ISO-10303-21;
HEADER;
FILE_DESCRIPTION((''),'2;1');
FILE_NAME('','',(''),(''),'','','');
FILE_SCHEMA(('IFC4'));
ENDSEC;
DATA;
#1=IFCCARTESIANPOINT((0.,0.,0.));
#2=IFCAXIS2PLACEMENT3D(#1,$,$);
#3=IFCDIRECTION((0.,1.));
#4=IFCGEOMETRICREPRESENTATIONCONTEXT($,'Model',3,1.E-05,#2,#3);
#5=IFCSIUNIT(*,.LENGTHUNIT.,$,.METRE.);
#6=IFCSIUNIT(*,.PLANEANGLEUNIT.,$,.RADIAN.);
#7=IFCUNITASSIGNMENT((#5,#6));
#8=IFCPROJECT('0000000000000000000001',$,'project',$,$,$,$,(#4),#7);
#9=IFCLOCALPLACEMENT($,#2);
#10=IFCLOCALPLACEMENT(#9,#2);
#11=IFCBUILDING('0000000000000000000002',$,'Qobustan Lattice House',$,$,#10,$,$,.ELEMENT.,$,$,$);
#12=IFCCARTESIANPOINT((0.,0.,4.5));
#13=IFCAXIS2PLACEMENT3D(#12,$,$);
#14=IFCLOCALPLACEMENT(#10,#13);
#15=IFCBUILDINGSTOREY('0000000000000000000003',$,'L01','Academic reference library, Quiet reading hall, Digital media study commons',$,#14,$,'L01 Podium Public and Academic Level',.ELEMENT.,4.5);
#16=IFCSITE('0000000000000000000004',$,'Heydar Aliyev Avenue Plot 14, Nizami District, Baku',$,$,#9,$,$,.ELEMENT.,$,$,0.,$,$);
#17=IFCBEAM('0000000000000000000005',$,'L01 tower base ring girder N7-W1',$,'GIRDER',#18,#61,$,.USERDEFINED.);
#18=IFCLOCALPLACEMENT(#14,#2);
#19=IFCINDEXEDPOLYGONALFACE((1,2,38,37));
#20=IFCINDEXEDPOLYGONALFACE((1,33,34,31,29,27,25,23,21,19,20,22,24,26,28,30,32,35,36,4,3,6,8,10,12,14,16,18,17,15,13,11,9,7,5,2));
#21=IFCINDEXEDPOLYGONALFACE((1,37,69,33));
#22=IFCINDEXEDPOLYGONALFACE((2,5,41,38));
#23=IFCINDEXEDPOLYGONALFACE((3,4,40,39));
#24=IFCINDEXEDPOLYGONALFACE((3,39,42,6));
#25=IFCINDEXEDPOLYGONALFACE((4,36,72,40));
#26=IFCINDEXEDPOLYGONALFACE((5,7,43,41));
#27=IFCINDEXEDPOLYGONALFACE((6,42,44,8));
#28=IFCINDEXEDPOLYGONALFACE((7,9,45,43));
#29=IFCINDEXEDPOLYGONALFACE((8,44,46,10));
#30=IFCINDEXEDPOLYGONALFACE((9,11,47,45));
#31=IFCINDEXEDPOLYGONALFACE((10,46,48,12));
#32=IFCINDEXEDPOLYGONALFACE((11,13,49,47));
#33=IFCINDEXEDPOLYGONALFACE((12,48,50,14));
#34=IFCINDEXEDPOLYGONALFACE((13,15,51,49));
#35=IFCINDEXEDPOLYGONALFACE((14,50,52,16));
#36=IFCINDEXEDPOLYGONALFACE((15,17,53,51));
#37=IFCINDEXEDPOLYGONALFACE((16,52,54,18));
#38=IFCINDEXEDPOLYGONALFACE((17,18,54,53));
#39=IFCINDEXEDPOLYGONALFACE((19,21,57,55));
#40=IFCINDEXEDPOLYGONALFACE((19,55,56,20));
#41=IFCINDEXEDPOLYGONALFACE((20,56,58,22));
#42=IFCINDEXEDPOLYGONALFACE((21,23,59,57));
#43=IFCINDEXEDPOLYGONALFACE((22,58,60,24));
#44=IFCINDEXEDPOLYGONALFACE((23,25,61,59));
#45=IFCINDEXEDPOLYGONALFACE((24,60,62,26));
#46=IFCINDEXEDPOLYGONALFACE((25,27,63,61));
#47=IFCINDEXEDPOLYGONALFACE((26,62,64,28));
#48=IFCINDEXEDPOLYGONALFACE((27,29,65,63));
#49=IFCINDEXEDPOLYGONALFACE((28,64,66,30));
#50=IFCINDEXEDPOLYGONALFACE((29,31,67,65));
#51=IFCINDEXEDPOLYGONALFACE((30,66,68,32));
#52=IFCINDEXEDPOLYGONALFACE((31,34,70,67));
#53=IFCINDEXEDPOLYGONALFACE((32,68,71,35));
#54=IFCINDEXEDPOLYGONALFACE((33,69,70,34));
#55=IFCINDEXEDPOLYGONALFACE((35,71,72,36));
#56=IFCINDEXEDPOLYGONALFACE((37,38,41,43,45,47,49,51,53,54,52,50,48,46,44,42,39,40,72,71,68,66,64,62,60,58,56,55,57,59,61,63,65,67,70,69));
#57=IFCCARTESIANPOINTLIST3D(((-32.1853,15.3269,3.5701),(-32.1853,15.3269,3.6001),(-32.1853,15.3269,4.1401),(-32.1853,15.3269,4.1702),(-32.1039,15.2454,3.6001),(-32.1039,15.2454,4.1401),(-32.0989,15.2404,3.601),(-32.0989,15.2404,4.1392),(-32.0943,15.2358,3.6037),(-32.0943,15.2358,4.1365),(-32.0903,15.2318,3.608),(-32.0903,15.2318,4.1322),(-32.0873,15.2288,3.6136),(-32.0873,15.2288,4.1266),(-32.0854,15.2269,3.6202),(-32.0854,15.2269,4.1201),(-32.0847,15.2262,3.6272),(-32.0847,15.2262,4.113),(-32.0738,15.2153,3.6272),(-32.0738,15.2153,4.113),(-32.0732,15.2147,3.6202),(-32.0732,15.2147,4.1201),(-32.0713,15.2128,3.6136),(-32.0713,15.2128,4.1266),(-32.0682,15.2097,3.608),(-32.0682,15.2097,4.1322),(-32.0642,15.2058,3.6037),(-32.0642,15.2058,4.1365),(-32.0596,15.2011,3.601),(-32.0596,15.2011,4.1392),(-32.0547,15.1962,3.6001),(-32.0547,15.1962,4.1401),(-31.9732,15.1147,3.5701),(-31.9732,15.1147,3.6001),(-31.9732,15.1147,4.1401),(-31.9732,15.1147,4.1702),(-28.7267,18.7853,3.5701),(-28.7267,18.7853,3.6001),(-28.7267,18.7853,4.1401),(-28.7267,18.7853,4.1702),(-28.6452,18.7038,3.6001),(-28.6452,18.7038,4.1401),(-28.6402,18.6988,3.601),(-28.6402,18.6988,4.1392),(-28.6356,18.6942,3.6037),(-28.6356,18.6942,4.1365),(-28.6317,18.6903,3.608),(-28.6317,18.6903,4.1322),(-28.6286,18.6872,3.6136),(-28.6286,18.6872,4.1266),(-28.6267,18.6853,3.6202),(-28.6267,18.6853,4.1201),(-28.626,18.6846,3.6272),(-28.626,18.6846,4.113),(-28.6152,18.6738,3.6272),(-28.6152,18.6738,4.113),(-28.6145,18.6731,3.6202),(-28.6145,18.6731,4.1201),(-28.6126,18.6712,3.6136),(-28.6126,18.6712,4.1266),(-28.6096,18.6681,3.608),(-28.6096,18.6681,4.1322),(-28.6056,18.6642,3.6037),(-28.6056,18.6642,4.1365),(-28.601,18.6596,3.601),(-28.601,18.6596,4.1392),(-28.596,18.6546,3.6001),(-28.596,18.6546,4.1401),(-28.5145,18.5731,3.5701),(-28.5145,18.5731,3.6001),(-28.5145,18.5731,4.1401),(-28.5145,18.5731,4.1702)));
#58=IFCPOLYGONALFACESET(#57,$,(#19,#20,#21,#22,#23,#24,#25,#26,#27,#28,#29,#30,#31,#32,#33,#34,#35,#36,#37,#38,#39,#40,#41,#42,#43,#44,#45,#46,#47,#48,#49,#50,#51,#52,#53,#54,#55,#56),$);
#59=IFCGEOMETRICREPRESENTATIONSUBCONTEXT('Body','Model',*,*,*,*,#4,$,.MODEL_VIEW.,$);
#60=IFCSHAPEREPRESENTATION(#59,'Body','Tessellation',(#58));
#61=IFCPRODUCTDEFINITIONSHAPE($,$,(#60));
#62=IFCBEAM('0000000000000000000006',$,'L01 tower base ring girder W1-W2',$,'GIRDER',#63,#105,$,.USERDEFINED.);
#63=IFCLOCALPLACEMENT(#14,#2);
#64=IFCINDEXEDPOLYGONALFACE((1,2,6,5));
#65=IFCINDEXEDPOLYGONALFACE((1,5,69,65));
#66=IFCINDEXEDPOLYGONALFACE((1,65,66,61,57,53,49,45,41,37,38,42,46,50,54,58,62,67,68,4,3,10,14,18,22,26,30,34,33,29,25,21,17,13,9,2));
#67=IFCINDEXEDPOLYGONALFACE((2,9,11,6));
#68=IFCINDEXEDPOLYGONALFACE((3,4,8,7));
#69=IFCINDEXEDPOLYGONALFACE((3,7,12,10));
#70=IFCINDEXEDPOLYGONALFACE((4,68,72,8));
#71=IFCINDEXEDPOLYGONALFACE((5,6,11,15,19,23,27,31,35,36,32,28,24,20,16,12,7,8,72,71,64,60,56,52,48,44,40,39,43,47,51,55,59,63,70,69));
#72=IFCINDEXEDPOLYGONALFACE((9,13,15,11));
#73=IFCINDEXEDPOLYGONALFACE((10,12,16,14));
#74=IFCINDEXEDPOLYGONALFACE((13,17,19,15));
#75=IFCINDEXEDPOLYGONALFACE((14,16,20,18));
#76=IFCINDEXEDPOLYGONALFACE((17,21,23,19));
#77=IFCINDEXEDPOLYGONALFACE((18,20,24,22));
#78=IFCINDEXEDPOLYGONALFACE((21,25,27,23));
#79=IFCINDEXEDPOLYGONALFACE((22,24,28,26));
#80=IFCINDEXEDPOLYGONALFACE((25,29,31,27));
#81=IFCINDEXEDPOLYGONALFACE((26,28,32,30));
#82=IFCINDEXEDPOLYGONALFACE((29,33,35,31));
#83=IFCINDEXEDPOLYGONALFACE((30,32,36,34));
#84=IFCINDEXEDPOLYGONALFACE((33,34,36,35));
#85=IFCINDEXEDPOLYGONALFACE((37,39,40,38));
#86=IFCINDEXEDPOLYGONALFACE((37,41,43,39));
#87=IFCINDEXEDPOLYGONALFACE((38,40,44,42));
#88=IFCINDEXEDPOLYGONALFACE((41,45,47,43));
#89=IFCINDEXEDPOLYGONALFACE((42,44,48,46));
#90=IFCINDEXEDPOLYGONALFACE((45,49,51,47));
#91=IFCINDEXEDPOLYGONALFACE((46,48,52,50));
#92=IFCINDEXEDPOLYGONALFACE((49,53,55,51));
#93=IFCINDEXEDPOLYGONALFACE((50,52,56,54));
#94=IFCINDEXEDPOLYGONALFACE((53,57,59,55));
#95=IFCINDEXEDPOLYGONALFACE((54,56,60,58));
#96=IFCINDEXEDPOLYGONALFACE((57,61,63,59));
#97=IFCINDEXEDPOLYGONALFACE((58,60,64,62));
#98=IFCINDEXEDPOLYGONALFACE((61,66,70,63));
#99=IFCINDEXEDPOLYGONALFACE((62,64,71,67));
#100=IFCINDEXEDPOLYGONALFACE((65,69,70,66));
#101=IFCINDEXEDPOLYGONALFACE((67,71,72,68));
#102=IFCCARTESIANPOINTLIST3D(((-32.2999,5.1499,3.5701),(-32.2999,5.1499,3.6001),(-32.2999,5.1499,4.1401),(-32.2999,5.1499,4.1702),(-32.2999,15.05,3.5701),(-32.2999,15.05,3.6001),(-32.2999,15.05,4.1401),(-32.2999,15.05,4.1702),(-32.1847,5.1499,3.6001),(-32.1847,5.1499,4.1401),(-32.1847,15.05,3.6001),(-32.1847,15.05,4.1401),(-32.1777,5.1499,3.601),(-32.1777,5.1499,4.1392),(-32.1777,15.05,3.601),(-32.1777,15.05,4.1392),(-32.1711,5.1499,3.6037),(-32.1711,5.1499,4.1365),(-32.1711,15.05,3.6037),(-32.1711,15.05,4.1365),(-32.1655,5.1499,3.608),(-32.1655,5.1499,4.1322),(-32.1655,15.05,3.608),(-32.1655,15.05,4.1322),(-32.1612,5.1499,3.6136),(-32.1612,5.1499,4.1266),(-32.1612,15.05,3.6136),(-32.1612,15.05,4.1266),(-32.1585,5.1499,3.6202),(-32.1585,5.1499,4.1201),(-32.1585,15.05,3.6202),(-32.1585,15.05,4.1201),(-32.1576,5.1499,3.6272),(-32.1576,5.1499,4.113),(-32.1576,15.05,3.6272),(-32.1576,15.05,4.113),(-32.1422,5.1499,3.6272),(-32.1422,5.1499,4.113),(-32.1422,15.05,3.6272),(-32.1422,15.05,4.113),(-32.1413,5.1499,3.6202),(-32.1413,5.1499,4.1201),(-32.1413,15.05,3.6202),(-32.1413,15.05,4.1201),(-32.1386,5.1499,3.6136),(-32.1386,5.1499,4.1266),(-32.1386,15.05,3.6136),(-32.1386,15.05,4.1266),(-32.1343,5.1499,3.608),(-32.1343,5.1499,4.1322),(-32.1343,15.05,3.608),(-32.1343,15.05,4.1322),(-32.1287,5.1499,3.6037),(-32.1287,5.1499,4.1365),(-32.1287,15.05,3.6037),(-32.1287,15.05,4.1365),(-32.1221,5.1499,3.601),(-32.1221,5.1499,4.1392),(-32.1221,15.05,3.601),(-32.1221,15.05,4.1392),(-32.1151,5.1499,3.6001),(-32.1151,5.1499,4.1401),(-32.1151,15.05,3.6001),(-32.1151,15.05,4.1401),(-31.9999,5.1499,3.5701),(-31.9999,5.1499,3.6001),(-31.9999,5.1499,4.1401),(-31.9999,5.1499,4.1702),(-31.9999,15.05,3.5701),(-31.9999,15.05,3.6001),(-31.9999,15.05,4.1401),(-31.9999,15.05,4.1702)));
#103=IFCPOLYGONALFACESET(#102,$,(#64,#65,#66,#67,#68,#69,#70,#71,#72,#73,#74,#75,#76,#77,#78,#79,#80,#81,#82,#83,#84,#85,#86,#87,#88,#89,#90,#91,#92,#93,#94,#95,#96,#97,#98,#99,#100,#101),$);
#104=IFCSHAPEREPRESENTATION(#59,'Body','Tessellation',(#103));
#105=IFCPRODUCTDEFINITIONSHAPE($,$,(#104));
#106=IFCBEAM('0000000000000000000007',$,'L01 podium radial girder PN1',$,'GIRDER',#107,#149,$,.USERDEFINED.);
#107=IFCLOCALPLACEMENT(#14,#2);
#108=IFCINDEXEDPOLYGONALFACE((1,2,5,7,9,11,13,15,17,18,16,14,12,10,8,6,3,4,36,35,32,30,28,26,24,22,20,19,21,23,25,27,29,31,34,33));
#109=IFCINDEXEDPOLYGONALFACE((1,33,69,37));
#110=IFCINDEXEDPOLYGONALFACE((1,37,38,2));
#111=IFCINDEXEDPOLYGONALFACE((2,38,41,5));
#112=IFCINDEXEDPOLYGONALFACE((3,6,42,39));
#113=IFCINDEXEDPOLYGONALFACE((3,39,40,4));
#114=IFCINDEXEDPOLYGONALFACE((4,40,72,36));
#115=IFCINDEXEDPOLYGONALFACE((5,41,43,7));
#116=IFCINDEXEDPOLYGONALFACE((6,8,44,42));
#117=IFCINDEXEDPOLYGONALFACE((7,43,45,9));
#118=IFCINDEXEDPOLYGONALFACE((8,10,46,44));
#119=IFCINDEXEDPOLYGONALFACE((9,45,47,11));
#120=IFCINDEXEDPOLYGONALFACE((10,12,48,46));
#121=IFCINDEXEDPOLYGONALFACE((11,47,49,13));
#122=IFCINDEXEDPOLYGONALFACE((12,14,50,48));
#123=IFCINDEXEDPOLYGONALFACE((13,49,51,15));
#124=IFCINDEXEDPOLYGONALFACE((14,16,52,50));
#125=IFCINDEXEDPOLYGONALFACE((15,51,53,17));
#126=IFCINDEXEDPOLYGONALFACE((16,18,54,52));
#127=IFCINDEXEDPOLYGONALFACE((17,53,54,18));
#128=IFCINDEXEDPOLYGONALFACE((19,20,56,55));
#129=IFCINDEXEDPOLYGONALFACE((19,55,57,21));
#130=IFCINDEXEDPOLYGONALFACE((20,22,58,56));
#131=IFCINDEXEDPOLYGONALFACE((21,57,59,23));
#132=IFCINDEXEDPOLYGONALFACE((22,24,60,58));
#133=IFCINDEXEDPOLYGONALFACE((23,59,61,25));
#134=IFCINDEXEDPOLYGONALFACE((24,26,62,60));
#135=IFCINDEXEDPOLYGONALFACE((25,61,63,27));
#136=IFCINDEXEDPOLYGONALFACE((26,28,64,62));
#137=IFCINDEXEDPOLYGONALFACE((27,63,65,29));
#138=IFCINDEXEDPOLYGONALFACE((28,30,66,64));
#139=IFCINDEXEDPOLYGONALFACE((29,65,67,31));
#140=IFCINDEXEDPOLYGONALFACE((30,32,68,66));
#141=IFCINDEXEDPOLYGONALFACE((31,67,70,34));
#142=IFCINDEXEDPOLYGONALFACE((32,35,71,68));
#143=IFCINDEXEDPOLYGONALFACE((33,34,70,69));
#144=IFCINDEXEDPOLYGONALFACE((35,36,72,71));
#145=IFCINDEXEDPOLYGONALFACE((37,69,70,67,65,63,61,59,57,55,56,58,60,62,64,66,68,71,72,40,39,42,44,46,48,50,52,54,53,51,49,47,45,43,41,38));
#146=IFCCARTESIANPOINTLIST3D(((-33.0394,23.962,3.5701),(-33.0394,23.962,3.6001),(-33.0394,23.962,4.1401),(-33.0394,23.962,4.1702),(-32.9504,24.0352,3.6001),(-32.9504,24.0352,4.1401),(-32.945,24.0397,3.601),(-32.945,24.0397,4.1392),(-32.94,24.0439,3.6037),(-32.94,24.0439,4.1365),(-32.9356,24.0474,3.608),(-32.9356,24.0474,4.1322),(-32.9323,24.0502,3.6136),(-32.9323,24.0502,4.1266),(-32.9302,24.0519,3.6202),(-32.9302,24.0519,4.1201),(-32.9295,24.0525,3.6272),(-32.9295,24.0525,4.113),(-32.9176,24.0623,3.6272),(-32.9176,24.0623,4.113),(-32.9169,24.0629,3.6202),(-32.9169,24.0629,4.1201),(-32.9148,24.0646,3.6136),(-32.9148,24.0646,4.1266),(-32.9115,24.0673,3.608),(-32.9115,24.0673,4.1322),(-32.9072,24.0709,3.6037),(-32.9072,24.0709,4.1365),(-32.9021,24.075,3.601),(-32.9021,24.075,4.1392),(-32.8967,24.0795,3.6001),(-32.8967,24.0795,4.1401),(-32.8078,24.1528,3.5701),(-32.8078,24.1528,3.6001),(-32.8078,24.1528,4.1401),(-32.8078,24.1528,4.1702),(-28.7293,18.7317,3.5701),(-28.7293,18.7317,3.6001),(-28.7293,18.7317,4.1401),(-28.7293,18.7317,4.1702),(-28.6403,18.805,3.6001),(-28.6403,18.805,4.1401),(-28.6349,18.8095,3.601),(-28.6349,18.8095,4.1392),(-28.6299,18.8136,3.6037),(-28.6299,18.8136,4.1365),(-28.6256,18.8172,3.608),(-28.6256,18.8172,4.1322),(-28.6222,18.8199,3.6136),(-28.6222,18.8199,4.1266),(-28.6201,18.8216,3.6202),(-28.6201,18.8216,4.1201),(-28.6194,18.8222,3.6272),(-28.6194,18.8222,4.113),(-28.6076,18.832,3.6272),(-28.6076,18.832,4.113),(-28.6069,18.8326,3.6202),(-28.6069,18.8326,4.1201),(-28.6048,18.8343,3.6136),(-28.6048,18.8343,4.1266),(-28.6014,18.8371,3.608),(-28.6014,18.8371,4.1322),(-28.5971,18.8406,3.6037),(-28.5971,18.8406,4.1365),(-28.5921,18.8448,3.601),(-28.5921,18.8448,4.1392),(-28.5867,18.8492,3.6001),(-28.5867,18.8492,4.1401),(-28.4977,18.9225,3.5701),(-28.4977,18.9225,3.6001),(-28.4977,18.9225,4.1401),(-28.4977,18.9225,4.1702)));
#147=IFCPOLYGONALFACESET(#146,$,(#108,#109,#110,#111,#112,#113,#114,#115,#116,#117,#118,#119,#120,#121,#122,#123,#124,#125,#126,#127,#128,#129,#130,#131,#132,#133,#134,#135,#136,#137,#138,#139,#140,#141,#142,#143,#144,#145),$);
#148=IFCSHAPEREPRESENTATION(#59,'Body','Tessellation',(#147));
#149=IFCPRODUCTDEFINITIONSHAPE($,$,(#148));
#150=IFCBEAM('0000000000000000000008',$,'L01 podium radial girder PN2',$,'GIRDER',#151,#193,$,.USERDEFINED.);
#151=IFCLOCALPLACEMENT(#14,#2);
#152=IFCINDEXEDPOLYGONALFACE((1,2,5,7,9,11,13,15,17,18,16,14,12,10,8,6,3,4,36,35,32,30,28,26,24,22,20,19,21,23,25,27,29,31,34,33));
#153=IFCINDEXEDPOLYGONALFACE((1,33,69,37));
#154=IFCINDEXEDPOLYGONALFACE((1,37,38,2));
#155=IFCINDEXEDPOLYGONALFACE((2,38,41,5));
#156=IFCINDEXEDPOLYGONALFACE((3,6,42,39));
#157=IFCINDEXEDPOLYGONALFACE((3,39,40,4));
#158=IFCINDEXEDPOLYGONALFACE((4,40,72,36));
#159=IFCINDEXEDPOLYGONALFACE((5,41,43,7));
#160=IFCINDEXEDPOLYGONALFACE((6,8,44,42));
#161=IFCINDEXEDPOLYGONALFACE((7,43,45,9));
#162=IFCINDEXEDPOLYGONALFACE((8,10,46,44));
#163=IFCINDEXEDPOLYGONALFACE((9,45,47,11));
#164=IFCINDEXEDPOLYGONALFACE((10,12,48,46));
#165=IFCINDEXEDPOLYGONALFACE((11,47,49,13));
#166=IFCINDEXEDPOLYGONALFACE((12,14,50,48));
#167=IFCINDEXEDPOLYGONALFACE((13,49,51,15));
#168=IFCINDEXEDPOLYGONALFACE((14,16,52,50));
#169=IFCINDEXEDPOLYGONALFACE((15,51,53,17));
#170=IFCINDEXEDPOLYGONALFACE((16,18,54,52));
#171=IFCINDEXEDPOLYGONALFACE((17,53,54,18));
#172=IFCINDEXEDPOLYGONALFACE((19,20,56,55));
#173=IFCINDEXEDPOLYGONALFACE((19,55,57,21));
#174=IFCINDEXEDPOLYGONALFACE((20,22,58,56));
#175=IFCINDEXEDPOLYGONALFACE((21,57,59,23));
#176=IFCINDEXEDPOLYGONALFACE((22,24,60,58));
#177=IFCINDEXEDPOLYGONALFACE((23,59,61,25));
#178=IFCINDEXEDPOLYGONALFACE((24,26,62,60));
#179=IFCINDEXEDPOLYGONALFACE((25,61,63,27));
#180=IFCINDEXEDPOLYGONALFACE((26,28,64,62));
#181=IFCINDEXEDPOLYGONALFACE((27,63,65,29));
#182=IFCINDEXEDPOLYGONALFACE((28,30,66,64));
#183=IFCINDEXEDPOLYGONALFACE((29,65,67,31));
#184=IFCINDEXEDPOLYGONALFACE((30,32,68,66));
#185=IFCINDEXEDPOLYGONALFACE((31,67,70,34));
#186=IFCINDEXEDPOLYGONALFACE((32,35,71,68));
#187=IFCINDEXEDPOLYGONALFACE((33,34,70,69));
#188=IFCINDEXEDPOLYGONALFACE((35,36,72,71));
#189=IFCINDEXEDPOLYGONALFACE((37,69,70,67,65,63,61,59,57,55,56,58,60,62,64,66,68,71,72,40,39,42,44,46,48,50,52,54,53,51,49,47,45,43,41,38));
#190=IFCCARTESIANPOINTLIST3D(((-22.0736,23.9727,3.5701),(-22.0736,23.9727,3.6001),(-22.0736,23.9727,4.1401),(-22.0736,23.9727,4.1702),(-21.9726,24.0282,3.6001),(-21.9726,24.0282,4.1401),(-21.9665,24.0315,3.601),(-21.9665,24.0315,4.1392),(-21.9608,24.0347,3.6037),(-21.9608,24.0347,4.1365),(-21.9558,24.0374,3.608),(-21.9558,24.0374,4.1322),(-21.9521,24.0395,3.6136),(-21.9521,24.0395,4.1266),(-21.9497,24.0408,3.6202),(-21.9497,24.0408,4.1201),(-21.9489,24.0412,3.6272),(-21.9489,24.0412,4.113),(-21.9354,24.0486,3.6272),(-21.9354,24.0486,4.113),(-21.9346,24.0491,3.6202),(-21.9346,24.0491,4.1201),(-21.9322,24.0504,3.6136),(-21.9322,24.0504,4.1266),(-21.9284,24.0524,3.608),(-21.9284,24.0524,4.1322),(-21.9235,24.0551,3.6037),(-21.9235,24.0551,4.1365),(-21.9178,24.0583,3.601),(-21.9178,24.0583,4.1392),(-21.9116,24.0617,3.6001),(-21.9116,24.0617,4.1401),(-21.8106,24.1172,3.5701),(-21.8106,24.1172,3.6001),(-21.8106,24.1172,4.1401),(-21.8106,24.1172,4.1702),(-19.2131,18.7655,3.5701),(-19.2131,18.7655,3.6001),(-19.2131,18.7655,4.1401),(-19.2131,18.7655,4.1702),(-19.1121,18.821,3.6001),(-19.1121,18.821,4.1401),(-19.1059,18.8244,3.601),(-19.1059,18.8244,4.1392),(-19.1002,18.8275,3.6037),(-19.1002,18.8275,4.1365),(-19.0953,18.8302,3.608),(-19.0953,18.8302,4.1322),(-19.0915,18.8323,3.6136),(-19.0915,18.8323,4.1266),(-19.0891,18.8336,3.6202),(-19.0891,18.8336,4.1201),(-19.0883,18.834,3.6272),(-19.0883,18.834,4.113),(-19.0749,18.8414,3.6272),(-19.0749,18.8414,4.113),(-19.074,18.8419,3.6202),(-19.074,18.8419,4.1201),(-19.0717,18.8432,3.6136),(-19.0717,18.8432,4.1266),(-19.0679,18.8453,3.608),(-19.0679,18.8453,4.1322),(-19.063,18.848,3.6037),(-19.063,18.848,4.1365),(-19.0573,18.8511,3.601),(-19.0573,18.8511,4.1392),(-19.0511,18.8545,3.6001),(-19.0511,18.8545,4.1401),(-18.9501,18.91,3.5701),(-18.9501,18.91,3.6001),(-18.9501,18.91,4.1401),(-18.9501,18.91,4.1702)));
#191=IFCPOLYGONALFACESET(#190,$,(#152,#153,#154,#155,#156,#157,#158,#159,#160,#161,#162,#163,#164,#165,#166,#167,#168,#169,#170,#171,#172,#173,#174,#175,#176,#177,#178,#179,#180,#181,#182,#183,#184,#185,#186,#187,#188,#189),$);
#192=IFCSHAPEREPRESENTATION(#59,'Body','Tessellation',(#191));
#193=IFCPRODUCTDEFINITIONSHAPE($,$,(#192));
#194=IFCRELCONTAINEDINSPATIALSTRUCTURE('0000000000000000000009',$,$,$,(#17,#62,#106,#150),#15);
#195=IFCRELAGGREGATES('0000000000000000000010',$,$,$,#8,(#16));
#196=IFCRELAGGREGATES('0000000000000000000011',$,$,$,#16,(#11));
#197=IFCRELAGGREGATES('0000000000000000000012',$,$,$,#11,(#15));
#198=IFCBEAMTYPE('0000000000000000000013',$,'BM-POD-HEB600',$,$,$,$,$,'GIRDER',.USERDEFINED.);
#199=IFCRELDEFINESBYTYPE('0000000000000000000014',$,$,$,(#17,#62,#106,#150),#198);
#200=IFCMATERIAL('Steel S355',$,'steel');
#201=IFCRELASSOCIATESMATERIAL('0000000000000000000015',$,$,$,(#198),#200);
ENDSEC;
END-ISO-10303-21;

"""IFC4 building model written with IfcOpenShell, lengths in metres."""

from ifc_helpers import new_model, si_unit, direction, frame, origin, origin_2d, place, context, subcontext, project, spatial, i_section, extrude, material, material_profile, profile_set, type_object, element, save


model = new_model("IFC4")

# Units and contexts
model_context = context("Model", 3, precision=1e-05, world=origin(), true_north=direction((0.0, 1.0)))
body_context = subcontext(model_context, "Body", "Model", "MODEL_VIEW")
ifc_project = project(units=[si_unit("LENGTHUNIT", "METRE"), si_unit("PLANEANGLEUNIT", "RADIAN")], contexts=[model_context])

# Site, building, storey
site_placement = place(None, origin())
site = spatial("IfcSite", under=ifc_project, at=site_placement, Name="Heydar Aliyev Avenue Plot 14, Nizami District, Baku", CompositionType="ELEMENT", RefElevation=0.0)
building_placement = place(site_placement, origin())
building = spatial("IfcBuilding", under=site, at=building_placement, Name="Qobustan Lattice House", CompositionType="ELEMENT")
storey_placement = place(building_placement, frame((0.0, 0.0, 4.5)))
storey = spatial("IfcBuildingStorey", under=building, at=storey_placement, Name="L01", Description="Academic reference library, Quiet reading hall, Digital media study commons", LongName="L01 Podium Public and Academic Level", CompositionType="ELEMENT", Elevation=4.5)

# Beams
ifc_material_1 = material(Name="Steel S355", Category="steel")
ifc_material_profile_1 = material_profile(ifc_material_1, i_section(OverallWidth=0.3, OverallDepth=0.6001, WebThickness=0.0154, FlangeThickness=0.03, FilletRadius=0.0271, at=origin_2d()), Name="HEB600")
ifc_profile_set_1 = profile_set([ifc_material_profile_1], Name="Steel S355")
beam_type_1 = type_object("IfcBeamType", Name="BM-POD-HEB600", ElementType="GIRDER", PredefinedType="USERDEFINED", material=ifc_profile_set_1)
beam_1_placement = place(storey_placement, frame((-28.6206, 18.6792, 3.8701), z_axis=(-0.707132, -0.707082, 0.0), x_axis=(0.707082, -0.707132, 0.0)))
element("IfcBeam", 1, at=beam_1_placement, inside=storey, type_object=beam_type_1, Name="L01 tower base ring girder N7-W1", ObjectType="GIRDER", PredefinedType="USERDEFINED", context=body_context, shape_type="SweptSolid", body=[
    extrude(i_section(OverallWidth=0.3, OverallDepth=0.6001, WebThickness=0.0154, FlangeThickness=0.03, FilletRadius=0.0271, at=origin_2d()), origin(), (0.0, 0.0, 1.0), 4.8911),
])
beam_2_placement = place(storey_placement, frame((-32.1499, 15.05, 3.8701), z_axis=(0.0, -1.0, 0.0), x_axis=(1.0, 0.0, 0.0)))
element("IfcBeam", 2, at=beam_2_placement, inside=storey, type_object=beam_type_1, Name="L01 tower base ring girder W1-W2", ObjectType="GIRDER", PredefinedType="USERDEFINED", context=body_context, shape_type="SweptSolid", body=[
    extrude(i_section(OverallWidth=0.3, OverallDepth=0.6001, WebThickness=0.0154, FlangeThickness=0.03, FilletRadius=0.0271, at=origin_2d()), origin(), (0.0, 0.0, 1.0), 9.9001),
])
beam_3_placement = place(storey_placement, frame((-32.9236, 24.0574, 3.8701), z_axis=(0.635955, -0.771726, 0.0), x_axis=(0.771726, 0.635955, 0.0)))
element("IfcBeam", 3, at=beam_3_placement, inside=storey, type_object=beam_type_1, Name="L01 podium radial girder PN1", ObjectType="GIRDER", PredefinedType="USERDEFINED", context=body_context, shape_type="SweptSolid", body=[
    extrude(i_section(OverallWidth=0.3, OverallDepth=0.6001, WebThickness=0.0154, FlangeThickness=0.03, FilletRadius=0.0271, at=origin_2d()), origin(), (0.0, 0.0, 1.0), 6.7773),
])
beam_4_placement = place(storey_placement, frame((-21.9421, 24.0449, 3.8701), z_axis=(0.481479, -0.876458, 0.0), x_axis=(0.876458, 0.481479, 0.0)))
element("IfcBeam", 4, at=beam_4_placement, inside=storey, type_object=beam_type_1, Name="L01 podium radial girder PN2", ObjectType="GIRDER", PredefinedType="USERDEFINED", context=body_context, shape_type="SweptSolid", body=[
    extrude(i_section(OverallWidth=0.3, OverallDepth=0.6001, WebThickness=0.0154, FlangeThickness=0.03, FilletRadius=0.0271, at=origin_2d()), origin(), (0.0, 0.0, 1.0), 5.9412),
])

save(model, "model.ifc")
